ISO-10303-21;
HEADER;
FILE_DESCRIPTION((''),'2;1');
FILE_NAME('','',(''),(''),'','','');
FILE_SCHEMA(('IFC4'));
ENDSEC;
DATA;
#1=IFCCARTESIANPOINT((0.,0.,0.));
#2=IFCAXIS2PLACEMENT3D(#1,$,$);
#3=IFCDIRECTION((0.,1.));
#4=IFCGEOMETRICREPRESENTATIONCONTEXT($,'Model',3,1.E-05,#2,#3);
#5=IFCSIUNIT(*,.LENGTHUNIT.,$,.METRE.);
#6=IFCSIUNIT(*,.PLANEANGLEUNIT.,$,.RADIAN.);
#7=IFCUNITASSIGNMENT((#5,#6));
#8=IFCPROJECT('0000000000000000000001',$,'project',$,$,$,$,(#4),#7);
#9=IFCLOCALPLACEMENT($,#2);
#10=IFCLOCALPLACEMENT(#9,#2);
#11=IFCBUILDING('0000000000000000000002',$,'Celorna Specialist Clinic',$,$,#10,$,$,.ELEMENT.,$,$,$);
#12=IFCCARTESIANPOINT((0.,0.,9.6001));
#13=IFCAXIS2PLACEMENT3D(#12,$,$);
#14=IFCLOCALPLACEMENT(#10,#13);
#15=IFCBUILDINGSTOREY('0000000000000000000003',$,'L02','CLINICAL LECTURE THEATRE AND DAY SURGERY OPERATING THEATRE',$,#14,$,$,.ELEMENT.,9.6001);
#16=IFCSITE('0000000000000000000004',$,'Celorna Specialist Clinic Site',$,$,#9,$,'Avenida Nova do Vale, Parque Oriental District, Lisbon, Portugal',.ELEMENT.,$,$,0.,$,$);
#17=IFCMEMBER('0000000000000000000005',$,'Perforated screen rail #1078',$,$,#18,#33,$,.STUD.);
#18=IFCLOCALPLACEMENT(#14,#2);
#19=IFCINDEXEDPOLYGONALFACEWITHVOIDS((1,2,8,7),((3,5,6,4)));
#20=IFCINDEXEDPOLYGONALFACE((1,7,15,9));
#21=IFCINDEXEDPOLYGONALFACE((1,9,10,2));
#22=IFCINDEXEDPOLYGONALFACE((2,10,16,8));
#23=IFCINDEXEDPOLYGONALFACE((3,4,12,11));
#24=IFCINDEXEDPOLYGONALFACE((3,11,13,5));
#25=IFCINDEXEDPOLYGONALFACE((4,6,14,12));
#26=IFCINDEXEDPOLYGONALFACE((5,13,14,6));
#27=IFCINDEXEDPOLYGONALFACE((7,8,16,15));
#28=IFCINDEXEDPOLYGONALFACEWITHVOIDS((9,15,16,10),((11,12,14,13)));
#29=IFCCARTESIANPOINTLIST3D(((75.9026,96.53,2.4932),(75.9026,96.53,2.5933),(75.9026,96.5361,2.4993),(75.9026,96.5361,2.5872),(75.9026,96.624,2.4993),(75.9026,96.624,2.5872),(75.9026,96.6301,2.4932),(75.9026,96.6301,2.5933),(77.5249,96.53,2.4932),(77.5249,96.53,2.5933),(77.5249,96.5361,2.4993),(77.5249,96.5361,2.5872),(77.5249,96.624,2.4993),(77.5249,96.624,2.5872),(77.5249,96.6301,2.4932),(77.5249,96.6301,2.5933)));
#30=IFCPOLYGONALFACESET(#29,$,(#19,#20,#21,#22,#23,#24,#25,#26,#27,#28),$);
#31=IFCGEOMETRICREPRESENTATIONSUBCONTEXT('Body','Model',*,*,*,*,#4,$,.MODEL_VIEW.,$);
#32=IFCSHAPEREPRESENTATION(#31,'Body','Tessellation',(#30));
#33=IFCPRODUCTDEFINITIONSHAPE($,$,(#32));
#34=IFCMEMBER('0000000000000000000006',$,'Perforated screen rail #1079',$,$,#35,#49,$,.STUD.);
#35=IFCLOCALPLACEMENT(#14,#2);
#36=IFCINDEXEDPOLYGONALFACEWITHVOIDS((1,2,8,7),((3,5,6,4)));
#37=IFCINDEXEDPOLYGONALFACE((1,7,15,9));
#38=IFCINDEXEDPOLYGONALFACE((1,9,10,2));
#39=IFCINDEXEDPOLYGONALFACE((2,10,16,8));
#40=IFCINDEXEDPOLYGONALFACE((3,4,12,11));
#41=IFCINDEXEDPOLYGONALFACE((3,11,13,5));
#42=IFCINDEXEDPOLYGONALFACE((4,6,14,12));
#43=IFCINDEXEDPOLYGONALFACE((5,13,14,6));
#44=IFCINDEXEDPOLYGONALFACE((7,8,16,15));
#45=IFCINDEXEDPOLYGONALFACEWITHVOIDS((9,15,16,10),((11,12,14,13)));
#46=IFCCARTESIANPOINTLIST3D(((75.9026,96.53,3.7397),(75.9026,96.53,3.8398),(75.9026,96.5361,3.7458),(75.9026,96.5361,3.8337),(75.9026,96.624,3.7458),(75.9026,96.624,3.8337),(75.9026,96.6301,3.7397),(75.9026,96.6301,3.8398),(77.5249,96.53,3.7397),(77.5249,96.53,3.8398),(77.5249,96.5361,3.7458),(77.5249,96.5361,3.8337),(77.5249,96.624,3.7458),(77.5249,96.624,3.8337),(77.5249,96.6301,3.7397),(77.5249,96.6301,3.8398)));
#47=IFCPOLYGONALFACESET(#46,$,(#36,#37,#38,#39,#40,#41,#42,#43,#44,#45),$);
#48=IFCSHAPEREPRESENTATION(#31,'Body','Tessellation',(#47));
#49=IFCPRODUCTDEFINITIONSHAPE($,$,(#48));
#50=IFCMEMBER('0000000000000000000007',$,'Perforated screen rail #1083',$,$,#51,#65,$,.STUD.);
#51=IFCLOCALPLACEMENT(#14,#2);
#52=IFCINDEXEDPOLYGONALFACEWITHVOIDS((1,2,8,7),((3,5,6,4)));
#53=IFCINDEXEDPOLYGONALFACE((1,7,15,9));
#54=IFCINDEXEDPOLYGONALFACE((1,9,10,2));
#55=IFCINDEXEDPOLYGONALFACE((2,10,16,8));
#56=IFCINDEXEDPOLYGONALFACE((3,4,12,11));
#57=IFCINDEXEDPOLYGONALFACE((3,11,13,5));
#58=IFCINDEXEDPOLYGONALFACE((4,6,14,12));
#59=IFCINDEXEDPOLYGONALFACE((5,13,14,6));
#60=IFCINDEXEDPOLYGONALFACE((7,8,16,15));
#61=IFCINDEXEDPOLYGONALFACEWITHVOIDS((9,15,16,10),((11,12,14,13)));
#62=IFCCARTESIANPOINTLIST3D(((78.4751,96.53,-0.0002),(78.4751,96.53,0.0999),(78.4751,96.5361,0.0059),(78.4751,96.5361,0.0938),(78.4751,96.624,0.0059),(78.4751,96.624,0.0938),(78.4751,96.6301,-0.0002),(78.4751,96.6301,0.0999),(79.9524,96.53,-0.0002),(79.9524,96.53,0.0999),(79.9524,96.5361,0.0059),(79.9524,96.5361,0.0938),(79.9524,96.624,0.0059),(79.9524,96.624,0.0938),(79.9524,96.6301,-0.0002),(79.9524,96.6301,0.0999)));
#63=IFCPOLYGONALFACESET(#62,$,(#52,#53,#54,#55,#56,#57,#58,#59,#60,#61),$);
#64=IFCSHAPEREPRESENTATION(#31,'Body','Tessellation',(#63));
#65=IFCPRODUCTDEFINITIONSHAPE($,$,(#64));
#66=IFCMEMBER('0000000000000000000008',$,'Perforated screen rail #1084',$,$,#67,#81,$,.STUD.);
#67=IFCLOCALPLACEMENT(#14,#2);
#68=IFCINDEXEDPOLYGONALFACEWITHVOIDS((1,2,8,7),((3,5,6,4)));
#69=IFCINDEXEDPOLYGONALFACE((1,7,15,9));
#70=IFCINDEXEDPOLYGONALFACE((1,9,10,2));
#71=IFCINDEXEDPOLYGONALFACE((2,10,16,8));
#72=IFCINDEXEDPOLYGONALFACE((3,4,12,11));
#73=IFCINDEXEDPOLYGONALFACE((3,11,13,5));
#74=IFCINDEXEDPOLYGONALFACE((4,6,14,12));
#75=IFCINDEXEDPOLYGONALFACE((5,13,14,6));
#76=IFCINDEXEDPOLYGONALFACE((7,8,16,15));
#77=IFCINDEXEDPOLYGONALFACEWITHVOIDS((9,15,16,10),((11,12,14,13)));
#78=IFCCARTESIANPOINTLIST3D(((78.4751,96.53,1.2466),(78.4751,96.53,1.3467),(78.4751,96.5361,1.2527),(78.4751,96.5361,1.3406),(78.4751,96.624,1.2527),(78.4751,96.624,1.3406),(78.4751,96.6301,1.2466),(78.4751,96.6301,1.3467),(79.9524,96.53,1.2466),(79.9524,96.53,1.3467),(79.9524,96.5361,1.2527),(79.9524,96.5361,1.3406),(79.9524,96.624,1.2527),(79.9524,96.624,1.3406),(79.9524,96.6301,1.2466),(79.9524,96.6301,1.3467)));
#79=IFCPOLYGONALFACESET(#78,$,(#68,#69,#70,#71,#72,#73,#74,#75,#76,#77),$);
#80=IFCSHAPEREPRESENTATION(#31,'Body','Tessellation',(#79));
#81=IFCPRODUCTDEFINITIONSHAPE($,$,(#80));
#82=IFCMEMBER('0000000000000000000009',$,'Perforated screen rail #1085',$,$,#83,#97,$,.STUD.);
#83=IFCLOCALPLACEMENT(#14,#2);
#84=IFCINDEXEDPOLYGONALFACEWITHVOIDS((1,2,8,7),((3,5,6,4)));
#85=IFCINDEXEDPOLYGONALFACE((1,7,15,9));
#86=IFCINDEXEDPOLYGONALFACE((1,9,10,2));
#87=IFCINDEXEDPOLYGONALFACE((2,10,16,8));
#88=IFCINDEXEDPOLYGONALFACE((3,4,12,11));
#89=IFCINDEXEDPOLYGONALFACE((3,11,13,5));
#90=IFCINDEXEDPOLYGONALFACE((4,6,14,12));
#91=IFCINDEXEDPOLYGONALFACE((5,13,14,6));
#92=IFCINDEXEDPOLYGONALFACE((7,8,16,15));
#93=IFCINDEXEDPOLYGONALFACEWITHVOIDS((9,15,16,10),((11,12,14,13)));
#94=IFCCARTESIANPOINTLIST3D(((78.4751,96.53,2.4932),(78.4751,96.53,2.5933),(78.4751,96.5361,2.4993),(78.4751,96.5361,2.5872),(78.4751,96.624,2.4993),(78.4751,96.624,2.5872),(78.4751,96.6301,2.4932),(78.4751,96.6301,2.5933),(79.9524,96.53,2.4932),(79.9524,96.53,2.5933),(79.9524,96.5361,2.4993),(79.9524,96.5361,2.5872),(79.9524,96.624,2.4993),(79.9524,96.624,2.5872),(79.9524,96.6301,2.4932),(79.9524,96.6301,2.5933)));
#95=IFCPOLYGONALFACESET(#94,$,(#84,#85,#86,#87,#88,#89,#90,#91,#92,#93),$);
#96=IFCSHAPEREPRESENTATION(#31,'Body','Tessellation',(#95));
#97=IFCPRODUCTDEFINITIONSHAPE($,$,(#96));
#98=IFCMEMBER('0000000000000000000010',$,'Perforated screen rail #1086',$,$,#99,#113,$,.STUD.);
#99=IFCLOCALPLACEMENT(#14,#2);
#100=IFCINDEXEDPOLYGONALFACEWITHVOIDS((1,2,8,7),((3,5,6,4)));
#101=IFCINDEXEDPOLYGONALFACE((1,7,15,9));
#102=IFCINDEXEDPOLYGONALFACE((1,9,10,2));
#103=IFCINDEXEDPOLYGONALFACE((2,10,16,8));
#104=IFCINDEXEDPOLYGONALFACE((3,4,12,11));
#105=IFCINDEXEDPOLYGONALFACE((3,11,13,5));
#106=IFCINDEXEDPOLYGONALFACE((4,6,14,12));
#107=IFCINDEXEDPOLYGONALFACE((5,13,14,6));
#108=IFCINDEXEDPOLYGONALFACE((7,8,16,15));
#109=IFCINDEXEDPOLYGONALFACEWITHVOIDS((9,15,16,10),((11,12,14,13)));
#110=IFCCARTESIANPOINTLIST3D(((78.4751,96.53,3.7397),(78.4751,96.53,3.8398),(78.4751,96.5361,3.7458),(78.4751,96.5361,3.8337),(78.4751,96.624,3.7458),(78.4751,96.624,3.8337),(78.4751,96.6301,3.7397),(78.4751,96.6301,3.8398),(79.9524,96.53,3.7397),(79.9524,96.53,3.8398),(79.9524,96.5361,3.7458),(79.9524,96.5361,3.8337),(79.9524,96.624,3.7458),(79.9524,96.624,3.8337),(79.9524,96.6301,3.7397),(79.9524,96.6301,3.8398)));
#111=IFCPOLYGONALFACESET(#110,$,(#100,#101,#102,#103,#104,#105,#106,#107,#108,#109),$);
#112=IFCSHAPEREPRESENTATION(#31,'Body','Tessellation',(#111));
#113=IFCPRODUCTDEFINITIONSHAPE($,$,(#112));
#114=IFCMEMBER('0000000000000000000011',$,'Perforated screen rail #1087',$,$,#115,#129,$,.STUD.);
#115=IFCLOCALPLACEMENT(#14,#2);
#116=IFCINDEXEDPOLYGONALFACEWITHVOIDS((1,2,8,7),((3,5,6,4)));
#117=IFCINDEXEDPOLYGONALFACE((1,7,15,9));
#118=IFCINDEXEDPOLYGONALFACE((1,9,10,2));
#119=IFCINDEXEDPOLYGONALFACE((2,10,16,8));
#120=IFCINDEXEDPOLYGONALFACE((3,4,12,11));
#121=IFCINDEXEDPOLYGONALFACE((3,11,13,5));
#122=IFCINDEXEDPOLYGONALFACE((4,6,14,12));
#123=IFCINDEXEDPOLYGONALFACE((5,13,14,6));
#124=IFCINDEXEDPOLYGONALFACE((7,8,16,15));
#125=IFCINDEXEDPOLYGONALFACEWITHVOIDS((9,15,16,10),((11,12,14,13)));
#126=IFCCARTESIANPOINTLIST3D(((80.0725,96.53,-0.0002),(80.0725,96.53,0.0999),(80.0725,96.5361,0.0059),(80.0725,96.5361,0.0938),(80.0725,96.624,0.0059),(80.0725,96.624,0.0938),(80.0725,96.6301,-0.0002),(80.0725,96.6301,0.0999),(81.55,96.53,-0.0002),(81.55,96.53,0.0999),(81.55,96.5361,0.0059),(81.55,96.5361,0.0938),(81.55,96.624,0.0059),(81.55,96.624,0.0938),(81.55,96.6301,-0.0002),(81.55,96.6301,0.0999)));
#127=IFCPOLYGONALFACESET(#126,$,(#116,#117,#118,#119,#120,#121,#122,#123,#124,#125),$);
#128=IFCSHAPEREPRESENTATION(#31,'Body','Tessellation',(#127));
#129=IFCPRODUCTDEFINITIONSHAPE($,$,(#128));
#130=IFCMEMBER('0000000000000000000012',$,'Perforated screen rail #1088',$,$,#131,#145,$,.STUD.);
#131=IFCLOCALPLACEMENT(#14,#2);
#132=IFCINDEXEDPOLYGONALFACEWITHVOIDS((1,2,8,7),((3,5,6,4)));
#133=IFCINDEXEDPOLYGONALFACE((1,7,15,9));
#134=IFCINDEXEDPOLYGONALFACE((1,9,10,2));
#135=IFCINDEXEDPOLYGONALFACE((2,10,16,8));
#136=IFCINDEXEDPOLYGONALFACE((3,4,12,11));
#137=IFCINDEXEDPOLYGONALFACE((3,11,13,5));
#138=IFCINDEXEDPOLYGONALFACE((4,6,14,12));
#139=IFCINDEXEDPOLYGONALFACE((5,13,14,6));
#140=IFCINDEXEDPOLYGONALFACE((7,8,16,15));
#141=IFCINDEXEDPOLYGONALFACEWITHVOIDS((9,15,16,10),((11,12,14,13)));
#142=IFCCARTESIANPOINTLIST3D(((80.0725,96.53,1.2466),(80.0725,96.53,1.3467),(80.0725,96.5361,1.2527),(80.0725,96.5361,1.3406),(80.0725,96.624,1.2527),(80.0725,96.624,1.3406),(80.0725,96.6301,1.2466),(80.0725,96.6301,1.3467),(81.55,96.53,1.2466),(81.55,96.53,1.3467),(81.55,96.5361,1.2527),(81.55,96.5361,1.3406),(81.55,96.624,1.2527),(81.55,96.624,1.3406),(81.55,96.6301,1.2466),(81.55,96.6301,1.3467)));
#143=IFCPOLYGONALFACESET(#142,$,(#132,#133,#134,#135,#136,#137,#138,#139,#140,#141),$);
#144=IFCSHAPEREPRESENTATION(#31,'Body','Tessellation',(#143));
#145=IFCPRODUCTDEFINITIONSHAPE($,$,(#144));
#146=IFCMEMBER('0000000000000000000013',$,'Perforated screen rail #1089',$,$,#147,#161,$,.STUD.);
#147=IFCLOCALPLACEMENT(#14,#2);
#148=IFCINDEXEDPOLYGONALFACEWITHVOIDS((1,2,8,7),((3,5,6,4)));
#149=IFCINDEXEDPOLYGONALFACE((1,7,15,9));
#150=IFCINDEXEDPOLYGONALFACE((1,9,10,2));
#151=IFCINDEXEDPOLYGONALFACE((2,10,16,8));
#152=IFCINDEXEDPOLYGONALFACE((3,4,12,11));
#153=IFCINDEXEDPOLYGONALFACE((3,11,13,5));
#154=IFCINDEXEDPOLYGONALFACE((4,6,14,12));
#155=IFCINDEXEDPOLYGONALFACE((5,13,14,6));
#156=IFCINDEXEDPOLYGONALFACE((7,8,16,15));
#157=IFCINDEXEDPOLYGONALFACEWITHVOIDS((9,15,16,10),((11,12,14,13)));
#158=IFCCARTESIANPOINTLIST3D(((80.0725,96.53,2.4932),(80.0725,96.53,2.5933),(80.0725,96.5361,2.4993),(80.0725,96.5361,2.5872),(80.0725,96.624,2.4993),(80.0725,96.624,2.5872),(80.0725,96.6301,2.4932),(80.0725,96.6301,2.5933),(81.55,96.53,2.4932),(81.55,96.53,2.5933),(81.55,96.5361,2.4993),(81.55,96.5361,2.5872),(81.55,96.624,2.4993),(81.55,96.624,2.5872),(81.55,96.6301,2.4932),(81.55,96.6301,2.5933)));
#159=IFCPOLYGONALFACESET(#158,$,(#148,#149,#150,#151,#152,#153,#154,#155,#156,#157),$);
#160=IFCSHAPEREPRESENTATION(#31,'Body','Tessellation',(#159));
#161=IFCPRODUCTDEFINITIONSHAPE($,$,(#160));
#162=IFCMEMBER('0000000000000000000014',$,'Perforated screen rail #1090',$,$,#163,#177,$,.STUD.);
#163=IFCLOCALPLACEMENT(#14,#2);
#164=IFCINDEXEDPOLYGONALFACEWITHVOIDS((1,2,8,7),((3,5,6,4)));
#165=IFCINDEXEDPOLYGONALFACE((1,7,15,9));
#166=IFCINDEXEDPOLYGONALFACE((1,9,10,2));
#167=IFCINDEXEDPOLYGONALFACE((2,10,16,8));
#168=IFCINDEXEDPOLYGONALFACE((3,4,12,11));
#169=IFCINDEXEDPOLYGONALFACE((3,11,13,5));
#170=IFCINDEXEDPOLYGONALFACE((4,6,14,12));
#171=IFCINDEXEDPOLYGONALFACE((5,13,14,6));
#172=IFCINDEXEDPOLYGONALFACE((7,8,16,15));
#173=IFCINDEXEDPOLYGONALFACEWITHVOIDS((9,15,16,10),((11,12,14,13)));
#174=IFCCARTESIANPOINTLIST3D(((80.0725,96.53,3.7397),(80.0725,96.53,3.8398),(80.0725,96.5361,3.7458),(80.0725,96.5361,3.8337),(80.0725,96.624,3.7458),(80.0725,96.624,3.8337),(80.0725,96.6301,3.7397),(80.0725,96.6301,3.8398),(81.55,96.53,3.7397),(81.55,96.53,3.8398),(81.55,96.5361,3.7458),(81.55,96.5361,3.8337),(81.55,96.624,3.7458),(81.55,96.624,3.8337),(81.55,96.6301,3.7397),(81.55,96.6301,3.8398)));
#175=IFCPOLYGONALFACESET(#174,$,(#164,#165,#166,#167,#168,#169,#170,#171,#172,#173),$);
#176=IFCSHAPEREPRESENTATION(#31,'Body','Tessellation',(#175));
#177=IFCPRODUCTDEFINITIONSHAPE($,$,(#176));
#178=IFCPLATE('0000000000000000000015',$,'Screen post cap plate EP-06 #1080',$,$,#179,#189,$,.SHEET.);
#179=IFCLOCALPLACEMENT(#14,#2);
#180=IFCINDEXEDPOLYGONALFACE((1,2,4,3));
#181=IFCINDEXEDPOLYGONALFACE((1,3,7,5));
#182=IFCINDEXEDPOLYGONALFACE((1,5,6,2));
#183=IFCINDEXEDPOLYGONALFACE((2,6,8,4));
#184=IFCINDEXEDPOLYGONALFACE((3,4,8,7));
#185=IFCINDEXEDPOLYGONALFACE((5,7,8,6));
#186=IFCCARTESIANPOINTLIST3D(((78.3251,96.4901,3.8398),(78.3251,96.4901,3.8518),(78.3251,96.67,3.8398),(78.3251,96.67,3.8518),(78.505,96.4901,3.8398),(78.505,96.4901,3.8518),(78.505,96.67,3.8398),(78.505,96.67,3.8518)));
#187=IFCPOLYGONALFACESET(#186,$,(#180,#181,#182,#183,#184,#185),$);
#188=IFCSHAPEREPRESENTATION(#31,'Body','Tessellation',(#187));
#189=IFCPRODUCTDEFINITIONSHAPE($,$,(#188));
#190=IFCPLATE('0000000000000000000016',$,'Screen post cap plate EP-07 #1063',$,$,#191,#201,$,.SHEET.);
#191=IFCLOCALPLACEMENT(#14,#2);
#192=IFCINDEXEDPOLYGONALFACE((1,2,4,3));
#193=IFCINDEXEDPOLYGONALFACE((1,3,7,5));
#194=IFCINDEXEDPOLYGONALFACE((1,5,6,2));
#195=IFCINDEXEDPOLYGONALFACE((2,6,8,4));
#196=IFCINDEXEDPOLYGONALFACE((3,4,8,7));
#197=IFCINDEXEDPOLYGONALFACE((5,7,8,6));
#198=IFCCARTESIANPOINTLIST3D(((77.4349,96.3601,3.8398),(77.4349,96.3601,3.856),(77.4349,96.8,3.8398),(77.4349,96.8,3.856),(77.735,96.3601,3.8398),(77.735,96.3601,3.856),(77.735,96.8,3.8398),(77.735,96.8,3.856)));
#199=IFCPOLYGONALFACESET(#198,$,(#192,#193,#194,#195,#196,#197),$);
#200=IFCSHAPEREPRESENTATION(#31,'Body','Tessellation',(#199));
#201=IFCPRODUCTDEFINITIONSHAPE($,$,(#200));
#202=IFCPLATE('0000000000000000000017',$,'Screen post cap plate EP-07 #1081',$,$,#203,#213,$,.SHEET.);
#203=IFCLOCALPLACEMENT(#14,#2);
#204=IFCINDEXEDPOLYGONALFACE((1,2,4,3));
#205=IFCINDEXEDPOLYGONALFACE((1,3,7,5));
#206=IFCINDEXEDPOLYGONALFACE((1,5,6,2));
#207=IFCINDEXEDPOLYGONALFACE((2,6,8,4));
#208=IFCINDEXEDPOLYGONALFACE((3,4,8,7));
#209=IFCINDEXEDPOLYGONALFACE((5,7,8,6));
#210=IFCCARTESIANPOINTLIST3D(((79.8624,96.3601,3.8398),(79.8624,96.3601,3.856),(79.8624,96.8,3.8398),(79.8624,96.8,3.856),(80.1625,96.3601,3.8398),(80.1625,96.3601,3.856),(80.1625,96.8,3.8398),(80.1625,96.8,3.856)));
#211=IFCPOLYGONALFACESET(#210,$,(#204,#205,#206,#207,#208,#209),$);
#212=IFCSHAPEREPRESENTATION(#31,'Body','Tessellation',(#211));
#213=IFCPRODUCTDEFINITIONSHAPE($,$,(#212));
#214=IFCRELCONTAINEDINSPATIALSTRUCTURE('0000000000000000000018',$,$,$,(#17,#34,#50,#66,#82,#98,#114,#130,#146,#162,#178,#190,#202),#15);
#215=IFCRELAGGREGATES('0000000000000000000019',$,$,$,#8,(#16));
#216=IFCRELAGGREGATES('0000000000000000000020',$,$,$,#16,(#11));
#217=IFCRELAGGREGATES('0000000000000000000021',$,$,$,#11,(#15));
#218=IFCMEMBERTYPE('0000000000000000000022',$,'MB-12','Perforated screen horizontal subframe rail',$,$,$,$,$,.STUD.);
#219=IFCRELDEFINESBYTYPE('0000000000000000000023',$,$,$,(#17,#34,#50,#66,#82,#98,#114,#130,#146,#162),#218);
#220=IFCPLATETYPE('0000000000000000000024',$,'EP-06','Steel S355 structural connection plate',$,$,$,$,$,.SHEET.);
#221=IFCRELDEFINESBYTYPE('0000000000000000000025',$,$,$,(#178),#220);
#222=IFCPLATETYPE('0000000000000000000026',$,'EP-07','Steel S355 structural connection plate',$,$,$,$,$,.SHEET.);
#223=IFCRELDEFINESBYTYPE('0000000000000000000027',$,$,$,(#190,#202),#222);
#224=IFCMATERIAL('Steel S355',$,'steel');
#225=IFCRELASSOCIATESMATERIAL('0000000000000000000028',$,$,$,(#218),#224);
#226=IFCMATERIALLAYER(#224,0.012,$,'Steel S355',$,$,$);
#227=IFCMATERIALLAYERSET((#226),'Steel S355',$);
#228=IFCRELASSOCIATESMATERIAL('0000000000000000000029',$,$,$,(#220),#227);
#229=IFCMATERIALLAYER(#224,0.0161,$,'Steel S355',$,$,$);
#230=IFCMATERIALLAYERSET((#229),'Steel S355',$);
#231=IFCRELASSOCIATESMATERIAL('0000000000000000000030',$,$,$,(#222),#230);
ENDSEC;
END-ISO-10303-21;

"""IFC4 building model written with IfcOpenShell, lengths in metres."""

from ifc_helpers import new_model, si_unit, direction, frame, origin, origin_2d, place, context, subcontext, project, spatial, rectangle, hollow_rectangle, extrude, material, layer, layer_set, material_profile, profile_set, type_object, element, save


model = new_model("IFC4")

# Units and contexts
model_context = context("Model", 3, precision=1e-05, world=origin(), true_north=direction((0.0, 1.0)))
body_context = subcontext(model_context, "Body", "Model", "MODEL_VIEW")
ifc_project = project(units=[si_unit("LENGTHUNIT", "METRE"), si_unit("PLANEANGLEUNIT", "RADIAN")], contexts=[model_context])

# Site, building, storey
site_placement = place(None, origin())
site = spatial("IfcSite", under=ifc_project, at=site_placement, Name="Celorna Specialist Clinic Site", LongName="Avenida Nova do Vale, Parque Oriental District, Lisbon, Portugal", CompositionType="ELEMENT", RefElevation=0.0)
building_placement = place(site_placement, origin())
building = spatial("IfcBuilding", under=site, at=building_placement, Name="Celorna Specialist Clinic", CompositionType="ELEMENT")
storey_placement = place(building_placement, frame((0.0, 0.0, 9.6001)))
storey = spatial("IfcBuildingStorey", under=building, at=storey_placement, Name="L02", Description="CLINICAL LECTURE THEATRE AND DAY SURGERY OPERATING THEATRE", CompositionType="ELEMENT", Elevation=9.6001)

# Shared definitions
ifc_material_1 = material(Name="Steel S355", Category="steel")

# Members
ifc_material_profile_1 = material_profile(ifc_material_1, hollow_rectangle(XDim=0.1001, YDim=0.1001, WallThickness=0.0061, at=origin_2d()), Name="SHS 100x100x6")
ifc_profile_set_1 = profile_set([ifc_material_profile_1], Name="Steel S355")
member_type_1 = type_object("IfcMemberType", Name="MB-12", Description="Perforated screen horizontal subframe rail", PredefinedType="STUD", material=ifc_profile_set_1)
for number, where, z_axis, x_axis, name in (
    (1, (75.9026, 96.5801, 2.5432), (1.0, 0.0, 0.0), (0.0, 1.0, 0.0), "Perforated screen rail #1078"),
    (2, (75.9026, 96.5801, 3.7898), (1.0, 0.0, 0.0), (0.0, 1.0, 0.0), "Perforated screen rail #1079"),
):
    element("IfcMember", number, at=place(storey_placement, frame(where, z_axis=z_axis, x_axis=x_axis)), inside=storey, type_object=member_type_1, Name=name, PredefinedType="STUD", context=body_context, shape_type="SweptSolid", body=[
        extrude(hollow_rectangle(XDim=0.1001, YDim=0.1001, WallThickness=0.0061, at=origin_2d()), origin(), (0.0, 0.0, 1.0), 1.6223),
    ])
for number, where, z_axis, x_axis, name in (
    (3, (78.4751, 96.5801, 0.0498), (1.0, 0.0, 0.0), (0.0, 1.0, 0.0), "Perforated screen rail #1083"),
    (4, (78.4751, 96.5801, 1.2966), (1.0, 0.0, 0.0), (0.0, 1.0, 0.0), "Perforated screen rail #1084"),
    (5, (78.4751, 96.5801, 2.5432), (1.0, 0.0, 0.0), (0.0, 1.0, 0.0), "Perforated screen rail #1085"),
    (6, (78.4751, 96.5801, 3.7898), (1.0, 0.0, 0.0), (0.0, 1.0, 0.0), "Perforated screen rail #1086"),
):
    element("IfcMember", number, at=place(storey_placement, frame(where, z_axis=z_axis, x_axis=x_axis)), inside=storey, type_object=member_type_1, Name=name, PredefinedType="STUD", context=body_context, shape_type="SweptSolid", body=[
        extrude(hollow_rectangle(XDim=0.1001, YDim=0.1001, WallThickness=0.0061, at=origin_2d()), origin(), (0.0, 0.0, 1.0), 1.4773),
    ])
for number, where, z_axis, x_axis, name in (
    (7, (80.0725, 96.5801, 0.0498), (1.0, 0.0, 0.0), (0.0, 1.0, 0.0), "Perforated screen rail #1087"),
    (8, (80.0725, 96.5801, 1.2966), (1.0, 0.0, 0.0), (0.0, 1.0, 0.0), "Perforated screen rail #1088"),
    (9, (80.0725, 96.5801, 2.5432), (1.0, 0.0, 0.0), (0.0, 1.0, 0.0), "Perforated screen rail #1089"),
    (10, (80.0725, 96.5801, 3.7898), (1.0, 0.0, 0.0), (0.0, 1.0, 0.0), "Perforated screen rail #1090"),
):
    element("IfcMember", number, at=place(storey_placement, frame(where, z_axis=z_axis, x_axis=x_axis)), inside=storey, type_object=member_type_1, Name=name, PredefinedType="STUD", context=body_context, shape_type="SweptSolid", body=[
        extrude(hollow_rectangle(XDim=0.1001, YDim=0.1001, WallThickness=0.0061, at=origin_2d()), origin(), (0.0, 0.0, 1.0), 1.4775),
    ])

# Plates
ifc_layer_1 = layer(ifc_material_1, 0.012, Name="Steel S355")
ifc_layer_set_1 = layer_set([ifc_layer_1], Name="Steel S355")
plate_type_1 = type_object("IfcPlateType", Name="EP-06", Description="Steel S355 structural connection plate", PredefinedType="SHEET", material=ifc_layer_set_1)
plate_placement = place(storey_placement, frame((78.415, 96.5801, 3.8398), z_axis=(0.0, 0.0, 1.0), x_axis=(1.0, 0.0, 0.0)))
element("IfcPlate", 11, at=plate_placement, inside=storey, type_object=plate_type_1, Name="Screen post cap plate EP-06 #1080", PredefinedType="SHEET", context=body_context, shape_type="SweptSolid", body=[
    extrude(rectangle(XDim=0.1799, YDim=0.1799, at=origin_2d()), origin(), (0.0, 0.0, 1.0), 0.012),
])
ifc_layer_2 = layer(ifc_material_1, 0.0161, Name="Steel S355")
ifc_layer_set_2 = layer_set([ifc_layer_2], Name="Steel S355")
plate_type_2 = type_object("IfcPlateType", Name="EP-07", Description="Steel S355 structural connection plate", PredefinedType="SHEET", material=ifc_layer_set_2)
for number, where, z_axis, x_axis, name in (
    (12, (77.585, 96.5801, 3.8398), (0.0, 0.0, 1.0), (1.0, 0.0, 0.0), "Screen post cap plate EP-07 #1063"),
    (13, (80.0125, 96.5801, 3.8398), (0.0, 0.0, 1.0), (1.0, 0.0, 0.0), "Screen post cap plate EP-07 #1081"),
):
    element("IfcPlate", number, at=place(storey_placement, frame(where, z_axis=z_axis, x_axis=x_axis)), inside=storey, type_object=plate_type_2, Name=name, PredefinedType="SHEET", context=body_context, shape_type="SweptSolid", body=[
        extrude(rectangle(XDim=0.3, YDim=0.4399, at=origin_2d()), origin(), (0.0, 0.0, 1.0), 0.0161),
    ])

save(model, "model.ifc")
